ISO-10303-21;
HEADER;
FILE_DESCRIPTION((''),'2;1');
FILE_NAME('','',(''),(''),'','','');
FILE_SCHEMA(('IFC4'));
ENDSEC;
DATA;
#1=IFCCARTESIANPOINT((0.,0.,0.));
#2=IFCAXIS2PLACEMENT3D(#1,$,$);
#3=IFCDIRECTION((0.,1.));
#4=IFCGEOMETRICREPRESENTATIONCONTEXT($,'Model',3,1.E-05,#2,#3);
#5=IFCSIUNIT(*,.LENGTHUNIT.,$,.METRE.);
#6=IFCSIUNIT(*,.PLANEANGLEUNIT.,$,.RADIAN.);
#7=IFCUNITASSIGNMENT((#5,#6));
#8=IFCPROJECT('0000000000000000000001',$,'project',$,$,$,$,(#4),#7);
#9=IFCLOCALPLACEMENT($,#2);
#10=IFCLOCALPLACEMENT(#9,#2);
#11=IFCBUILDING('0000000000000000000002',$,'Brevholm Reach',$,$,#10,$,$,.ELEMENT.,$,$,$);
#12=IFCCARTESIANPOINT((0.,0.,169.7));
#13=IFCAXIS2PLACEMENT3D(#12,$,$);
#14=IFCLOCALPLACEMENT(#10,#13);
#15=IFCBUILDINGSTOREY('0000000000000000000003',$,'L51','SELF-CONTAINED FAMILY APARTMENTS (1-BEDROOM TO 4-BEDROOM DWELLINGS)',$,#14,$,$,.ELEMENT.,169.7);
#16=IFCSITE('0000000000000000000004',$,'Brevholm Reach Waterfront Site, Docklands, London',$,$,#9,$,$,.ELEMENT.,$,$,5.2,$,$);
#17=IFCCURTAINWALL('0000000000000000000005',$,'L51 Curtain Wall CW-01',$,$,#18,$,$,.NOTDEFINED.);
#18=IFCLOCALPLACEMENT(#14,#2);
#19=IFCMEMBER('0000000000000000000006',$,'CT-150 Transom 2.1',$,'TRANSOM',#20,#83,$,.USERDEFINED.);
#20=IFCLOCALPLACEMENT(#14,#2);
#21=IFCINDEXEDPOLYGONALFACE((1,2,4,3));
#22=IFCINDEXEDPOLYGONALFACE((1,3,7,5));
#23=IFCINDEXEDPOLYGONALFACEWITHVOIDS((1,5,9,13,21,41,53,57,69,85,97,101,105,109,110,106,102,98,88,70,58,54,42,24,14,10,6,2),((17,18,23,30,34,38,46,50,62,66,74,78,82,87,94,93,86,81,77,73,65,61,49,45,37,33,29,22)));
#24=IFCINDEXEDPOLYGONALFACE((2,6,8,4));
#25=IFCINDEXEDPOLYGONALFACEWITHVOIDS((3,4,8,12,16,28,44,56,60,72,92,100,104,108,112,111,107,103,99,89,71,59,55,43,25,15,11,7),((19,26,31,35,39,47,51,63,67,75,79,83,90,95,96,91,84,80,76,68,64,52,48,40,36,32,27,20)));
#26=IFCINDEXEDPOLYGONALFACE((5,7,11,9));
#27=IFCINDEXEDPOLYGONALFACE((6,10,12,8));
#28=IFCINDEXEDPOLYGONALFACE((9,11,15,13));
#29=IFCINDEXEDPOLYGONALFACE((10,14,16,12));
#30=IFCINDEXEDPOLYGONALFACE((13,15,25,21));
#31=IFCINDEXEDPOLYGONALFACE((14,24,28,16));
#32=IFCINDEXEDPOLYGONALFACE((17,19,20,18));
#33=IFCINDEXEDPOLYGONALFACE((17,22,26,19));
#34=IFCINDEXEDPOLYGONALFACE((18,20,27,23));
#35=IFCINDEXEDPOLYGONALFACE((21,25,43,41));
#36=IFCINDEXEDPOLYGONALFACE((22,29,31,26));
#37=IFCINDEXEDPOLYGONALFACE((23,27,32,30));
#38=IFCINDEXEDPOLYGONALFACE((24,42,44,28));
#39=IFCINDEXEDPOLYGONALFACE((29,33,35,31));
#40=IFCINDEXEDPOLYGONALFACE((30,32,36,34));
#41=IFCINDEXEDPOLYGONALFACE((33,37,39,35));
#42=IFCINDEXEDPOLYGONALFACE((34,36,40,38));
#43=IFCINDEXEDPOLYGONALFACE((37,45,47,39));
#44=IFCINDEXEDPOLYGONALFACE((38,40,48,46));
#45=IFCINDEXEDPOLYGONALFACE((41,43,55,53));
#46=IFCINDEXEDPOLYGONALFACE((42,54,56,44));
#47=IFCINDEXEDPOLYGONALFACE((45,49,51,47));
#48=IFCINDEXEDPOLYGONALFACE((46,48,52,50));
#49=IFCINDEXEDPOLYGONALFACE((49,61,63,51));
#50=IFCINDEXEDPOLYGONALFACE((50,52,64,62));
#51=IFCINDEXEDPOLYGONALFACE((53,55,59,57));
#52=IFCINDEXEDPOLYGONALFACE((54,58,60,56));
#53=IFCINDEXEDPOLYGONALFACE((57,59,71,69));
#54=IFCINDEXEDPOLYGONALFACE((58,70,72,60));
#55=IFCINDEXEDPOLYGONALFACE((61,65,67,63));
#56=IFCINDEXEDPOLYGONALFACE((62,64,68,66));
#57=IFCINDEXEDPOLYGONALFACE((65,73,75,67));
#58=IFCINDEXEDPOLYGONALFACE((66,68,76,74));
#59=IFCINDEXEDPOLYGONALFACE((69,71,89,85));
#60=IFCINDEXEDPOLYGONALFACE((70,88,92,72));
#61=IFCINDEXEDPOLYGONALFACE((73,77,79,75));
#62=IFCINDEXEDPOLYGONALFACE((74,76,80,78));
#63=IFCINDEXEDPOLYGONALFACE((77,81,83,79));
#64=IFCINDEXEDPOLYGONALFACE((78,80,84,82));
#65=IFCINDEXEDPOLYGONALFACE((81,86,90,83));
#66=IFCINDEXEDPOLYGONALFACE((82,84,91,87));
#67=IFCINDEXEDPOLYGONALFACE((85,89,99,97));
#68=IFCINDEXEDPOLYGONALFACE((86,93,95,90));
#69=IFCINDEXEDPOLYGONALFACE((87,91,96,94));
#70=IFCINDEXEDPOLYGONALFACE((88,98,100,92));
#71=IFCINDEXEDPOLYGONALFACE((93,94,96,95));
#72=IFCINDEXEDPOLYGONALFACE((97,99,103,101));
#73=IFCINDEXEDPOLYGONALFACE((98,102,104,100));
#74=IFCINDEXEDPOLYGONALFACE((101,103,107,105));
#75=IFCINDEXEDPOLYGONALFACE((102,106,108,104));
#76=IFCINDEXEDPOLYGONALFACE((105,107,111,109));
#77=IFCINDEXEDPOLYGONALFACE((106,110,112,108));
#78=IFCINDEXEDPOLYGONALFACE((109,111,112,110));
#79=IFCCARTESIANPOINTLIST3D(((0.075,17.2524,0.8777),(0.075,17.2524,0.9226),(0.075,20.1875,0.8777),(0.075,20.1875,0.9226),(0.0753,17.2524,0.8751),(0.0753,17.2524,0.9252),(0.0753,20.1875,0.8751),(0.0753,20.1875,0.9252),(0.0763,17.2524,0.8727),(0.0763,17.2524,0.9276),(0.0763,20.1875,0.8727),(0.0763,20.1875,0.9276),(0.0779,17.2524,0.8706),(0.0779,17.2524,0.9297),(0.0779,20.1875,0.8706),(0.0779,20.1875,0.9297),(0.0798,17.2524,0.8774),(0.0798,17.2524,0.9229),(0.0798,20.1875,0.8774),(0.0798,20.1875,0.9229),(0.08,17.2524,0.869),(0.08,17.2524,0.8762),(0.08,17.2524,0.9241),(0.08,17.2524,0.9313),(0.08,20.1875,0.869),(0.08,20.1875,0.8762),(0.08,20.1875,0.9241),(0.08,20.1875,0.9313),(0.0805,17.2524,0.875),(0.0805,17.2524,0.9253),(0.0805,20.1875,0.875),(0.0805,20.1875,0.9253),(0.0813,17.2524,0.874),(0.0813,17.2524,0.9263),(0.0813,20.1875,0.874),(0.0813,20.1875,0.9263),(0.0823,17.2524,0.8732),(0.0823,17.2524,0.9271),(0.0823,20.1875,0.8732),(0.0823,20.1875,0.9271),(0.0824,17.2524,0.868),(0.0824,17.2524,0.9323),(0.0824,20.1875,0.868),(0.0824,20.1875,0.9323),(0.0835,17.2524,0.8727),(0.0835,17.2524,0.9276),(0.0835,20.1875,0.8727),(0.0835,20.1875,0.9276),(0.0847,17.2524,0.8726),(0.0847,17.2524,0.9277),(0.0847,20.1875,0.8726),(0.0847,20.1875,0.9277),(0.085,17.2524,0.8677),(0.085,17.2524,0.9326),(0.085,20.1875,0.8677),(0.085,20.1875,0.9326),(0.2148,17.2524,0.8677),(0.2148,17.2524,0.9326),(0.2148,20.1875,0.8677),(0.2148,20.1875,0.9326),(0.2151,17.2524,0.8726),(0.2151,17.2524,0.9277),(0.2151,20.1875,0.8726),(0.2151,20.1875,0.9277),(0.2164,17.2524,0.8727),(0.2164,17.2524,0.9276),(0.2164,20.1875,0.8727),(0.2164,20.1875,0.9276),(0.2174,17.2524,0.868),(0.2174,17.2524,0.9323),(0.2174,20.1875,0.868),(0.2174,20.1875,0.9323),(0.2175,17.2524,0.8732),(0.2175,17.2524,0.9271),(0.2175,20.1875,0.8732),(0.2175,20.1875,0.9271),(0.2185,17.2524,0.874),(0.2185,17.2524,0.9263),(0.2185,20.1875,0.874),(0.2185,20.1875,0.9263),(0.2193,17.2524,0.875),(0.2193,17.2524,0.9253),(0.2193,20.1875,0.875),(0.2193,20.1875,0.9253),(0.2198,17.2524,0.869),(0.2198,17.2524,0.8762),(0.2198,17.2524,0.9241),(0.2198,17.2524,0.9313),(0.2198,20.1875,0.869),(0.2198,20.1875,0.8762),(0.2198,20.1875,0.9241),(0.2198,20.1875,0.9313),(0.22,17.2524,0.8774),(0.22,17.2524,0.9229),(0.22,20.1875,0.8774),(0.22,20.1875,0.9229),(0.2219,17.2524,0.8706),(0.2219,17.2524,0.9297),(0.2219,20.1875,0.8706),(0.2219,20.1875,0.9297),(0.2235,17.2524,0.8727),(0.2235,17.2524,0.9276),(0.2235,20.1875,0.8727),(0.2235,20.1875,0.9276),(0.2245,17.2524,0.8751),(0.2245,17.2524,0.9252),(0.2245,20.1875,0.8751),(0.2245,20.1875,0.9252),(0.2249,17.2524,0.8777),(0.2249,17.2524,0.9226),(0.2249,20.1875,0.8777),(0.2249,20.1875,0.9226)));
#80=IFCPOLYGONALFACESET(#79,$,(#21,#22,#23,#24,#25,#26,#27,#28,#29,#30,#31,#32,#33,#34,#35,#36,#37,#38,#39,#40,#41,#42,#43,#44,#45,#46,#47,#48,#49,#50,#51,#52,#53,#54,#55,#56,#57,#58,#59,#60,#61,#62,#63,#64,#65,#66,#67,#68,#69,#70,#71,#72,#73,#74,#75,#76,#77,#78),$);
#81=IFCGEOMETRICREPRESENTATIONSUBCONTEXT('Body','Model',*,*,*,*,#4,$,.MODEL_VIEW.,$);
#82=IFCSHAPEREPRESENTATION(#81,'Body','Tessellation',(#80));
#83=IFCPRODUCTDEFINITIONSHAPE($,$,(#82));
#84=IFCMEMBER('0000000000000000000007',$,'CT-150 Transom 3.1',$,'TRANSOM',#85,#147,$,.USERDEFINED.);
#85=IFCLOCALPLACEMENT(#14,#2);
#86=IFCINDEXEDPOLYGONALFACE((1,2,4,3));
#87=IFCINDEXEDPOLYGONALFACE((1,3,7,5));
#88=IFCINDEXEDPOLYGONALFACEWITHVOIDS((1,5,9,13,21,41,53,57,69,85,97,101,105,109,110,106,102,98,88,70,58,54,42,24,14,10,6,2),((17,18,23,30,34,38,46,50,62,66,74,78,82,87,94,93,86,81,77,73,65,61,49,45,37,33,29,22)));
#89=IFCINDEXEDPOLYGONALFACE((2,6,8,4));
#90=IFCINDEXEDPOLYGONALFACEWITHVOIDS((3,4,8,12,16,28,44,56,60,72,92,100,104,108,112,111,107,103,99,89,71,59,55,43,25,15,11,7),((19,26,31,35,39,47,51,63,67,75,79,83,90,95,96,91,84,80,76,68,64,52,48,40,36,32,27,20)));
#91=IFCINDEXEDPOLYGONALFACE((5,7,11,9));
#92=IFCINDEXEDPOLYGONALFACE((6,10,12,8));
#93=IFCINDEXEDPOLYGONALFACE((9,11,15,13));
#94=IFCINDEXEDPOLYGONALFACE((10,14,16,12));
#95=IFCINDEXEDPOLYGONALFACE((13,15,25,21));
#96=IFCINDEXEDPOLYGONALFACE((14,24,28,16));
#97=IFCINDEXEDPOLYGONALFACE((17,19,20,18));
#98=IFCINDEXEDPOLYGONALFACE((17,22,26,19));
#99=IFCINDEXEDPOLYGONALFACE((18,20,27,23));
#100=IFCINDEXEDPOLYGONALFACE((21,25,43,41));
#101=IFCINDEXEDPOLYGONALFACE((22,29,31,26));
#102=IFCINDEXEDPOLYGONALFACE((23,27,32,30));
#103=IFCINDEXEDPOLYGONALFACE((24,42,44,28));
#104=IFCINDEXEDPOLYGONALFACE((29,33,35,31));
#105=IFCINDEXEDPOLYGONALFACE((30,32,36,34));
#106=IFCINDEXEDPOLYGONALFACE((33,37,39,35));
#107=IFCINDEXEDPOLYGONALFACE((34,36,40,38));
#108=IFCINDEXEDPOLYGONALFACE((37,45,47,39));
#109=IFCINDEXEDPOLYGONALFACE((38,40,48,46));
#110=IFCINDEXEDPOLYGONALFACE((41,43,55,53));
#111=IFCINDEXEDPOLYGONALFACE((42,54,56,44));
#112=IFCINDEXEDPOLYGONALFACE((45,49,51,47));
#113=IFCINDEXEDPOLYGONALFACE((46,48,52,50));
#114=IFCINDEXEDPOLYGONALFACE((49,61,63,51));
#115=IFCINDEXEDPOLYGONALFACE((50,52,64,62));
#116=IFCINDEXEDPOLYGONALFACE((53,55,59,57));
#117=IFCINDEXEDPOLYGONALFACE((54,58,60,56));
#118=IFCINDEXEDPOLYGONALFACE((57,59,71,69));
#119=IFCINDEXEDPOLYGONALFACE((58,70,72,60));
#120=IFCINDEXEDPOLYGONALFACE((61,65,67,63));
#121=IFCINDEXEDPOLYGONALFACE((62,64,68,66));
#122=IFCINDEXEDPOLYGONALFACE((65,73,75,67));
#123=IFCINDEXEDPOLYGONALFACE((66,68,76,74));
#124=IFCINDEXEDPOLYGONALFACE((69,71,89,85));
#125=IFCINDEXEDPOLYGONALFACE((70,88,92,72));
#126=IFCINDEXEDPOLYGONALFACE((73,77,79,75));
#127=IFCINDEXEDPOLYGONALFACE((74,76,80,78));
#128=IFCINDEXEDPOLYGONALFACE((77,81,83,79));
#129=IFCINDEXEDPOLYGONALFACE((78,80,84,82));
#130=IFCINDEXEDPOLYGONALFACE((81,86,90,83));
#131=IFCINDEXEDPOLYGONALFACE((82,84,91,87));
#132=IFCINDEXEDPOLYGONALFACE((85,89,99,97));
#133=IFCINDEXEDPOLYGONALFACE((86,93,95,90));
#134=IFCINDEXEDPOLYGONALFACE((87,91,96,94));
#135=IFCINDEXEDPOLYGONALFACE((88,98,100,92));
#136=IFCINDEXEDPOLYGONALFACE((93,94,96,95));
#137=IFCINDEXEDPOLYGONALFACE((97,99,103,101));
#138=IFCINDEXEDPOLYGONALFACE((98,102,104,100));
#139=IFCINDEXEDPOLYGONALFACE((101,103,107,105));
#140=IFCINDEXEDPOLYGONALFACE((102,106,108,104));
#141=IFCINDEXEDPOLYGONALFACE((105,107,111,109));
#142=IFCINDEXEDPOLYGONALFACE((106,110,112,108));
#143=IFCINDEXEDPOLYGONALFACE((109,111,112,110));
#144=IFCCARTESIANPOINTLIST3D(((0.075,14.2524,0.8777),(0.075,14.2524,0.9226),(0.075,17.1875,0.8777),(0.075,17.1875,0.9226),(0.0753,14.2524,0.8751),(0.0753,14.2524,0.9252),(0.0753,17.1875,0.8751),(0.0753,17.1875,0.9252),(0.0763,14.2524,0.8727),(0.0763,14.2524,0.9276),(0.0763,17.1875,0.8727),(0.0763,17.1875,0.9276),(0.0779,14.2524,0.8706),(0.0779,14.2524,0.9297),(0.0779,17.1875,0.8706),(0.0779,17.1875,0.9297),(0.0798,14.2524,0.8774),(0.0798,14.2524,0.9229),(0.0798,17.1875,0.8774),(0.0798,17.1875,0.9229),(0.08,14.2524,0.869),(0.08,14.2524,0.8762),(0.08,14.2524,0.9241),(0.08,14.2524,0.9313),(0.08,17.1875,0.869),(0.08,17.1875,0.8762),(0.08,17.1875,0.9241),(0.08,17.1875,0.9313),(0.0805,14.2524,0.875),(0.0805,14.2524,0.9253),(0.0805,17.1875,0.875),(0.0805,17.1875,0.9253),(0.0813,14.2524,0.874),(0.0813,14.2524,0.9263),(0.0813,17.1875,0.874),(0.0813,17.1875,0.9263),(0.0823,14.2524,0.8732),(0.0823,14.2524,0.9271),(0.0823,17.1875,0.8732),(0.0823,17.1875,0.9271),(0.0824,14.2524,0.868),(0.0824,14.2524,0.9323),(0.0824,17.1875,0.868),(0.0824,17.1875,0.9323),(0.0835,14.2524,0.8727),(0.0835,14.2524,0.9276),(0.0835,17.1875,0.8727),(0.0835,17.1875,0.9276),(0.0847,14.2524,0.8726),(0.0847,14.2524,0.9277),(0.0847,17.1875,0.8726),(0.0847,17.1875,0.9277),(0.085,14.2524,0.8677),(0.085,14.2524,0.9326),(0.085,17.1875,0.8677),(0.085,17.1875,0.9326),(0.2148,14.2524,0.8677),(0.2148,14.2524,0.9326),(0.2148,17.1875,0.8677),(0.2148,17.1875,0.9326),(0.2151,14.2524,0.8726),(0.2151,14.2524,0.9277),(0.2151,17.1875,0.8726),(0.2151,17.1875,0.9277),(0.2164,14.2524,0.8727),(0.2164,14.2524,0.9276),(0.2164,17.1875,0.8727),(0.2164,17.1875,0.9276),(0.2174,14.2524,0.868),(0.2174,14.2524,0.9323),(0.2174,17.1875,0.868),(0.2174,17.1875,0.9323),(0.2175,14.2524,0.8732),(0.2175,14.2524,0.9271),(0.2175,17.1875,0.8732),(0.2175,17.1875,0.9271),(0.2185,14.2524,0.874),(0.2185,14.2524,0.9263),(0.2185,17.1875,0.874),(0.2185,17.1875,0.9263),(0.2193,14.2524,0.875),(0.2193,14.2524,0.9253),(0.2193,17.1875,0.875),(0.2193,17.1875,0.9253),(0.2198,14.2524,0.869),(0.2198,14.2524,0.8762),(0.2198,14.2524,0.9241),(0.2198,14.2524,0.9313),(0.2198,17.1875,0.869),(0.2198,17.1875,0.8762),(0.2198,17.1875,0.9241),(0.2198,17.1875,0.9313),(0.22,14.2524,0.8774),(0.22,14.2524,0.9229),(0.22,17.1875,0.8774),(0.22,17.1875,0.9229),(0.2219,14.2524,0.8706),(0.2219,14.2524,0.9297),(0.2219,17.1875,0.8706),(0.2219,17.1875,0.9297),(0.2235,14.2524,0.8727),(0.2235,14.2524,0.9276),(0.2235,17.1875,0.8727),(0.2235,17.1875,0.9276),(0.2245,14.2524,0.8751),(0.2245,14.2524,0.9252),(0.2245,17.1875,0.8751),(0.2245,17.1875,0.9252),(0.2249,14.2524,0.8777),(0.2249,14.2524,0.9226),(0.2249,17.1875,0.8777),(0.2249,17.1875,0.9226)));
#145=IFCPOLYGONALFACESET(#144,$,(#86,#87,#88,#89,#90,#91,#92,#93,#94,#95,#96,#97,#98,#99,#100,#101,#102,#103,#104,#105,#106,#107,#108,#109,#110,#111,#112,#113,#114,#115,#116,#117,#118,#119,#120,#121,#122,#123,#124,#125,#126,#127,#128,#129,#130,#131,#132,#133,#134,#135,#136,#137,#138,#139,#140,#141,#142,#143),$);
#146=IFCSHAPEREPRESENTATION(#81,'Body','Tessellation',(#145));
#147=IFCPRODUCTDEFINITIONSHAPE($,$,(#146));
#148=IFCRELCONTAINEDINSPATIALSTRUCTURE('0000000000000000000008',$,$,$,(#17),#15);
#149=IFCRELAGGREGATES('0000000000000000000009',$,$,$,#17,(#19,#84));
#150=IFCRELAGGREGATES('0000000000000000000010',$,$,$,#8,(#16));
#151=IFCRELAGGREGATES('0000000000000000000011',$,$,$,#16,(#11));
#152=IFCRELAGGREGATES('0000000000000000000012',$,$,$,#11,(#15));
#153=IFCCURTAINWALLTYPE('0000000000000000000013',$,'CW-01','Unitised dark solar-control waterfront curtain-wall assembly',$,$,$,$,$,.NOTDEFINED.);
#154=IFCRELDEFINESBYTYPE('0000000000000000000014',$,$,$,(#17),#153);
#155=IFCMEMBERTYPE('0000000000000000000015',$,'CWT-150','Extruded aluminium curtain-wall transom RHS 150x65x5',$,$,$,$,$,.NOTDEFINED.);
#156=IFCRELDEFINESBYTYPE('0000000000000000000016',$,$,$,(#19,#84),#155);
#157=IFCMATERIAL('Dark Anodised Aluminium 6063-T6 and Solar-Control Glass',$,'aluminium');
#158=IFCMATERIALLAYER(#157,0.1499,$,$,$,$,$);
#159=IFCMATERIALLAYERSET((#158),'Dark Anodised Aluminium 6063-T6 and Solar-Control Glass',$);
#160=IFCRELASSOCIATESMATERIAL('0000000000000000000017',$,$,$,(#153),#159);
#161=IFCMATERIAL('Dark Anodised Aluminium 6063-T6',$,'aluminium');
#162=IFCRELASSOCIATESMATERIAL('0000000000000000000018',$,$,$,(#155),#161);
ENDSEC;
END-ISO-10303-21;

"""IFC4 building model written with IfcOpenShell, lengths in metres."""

from ifc_helpers import new_model, si_unit, direction, frame, origin, origin_2d, place, context, subcontext, project, spatial, hollow_rectangle, extrude, material, layer, layer_set, material_profile, profile_set, type_object, element, aggregate, save


model = new_model("IFC4")

# Units and contexts
model_context = context("Model", 3, precision=1e-05, world=origin(), true_north=direction((0.0, 1.0)))
body_context = subcontext(model_context, "Body", "Model", "MODEL_VIEW")
ifc_project = project(units=[si_unit("LENGTHUNIT", "METRE"), si_unit("PLANEANGLEUNIT", "RADIAN")], contexts=[model_context])

# Site, building, storey
site_placement = place(None, origin())
site = spatial("IfcSite", under=ifc_project, at=site_placement, Name="Brevholm Reach Waterfront Site, Docklands, London", CompositionType="ELEMENT", RefElevation=5.2)
building_placement = place(site_placement, origin())
building = spatial("IfcBuilding", under=site, at=building_placement, Name="Brevholm Reach", CompositionType="ELEMENT")
storey_placement = place(building_placement, frame((0.0, 0.0, 169.7)))
storey = spatial("IfcBuildingStorey", under=building, at=storey_placement, Name="L51", Description="SELF-CONTAINED FAMILY APARTMENTS (1-BEDROOM TO 4-BEDROOM DWELLINGS)", CompositionType="ELEMENT", Elevation=169.7)

# Curtain wall, members
ifc_material_1 = material(Name="Dark Anodised Aluminium 6063-T6 and Solar-Control Glass", Category="aluminium")
ifc_layer_1 = layer(ifc_material_1, 0.1499)
ifc_layer_set_1 = layer_set([ifc_layer_1], Name="Dark Anodised Aluminium 6063-T6 and Solar-Control Glass")
curtain_wall_type = type_object("IfcCurtainWallType", Name="CW-01", Description="Unitised dark solar-control waterfront curtain-wall assembly", PredefinedType="NOTDEFINED", material=ifc_layer_set_1)
curtain_wall_placement = place(storey_placement, origin())
curtain_wall = element("IfcCurtainWall", 1, at=curtain_wall_placement, inside=storey, type_object=curtain_wall_type, Name="L51 Curtain Wall CW-01", PredefinedType="NOTDEFINED")
ifc_material_2 = material(Name="Dark Anodised Aluminium 6063-T6", Category="aluminium")
ifc_material_profile_1 = material_profile(ifc_material_2, hollow_rectangle(XDim=0.0649, YDim=0.1499, WallThickness=0.0049, InnerFilletRadius=0.0049, OuterFilletRadius=0.01, at=origin_2d()), Name="RHS 150x65x5")
ifc_profile_set_1 = profile_set([ifc_material_profile_1], Name="Dark Anodised Aluminium 6063-T6")
member_type_1 = type_object("IfcMemberType", Name="CWT-150", Description="Extruded aluminium curtain-wall transom RHS 150x65x5", PredefinedType="NOTDEFINED", material=ifc_profile_set_1)
member_1_placement = place(storey_placement, frame((0.1499, 20.1875, 0.9001), z_axis=(0.0, -1.0, 0.0), x_axis=(0.0, 0.0, 1.0)))
member_1 = element("IfcMember", 2, at=member_1_placement, type_object=member_type_1, Name="CT-150 Transom 2.1", ObjectType="TRANSOM", PredefinedType="USERDEFINED", context=body_context, shape_type="SweptSolid", body=[
    extrude(hollow_rectangle(XDim=0.0649, YDim=0.1499, WallThickness=0.0049, InnerFilletRadius=0.0049, OuterFilletRadius=0.01, at=origin_2d()), origin(), (0.0, 0.0, 1.0), 2.9351),
])
member_2_placement = place(storey_placement, frame((0.1499, 17.1875, 0.9001), z_axis=(0.0, -1.0, 0.0), x_axis=(0.0, 0.0, 1.0)))
member_2 = element("IfcMember", 3, at=member_2_placement, type_object=member_type_1, Name="CT-150 Transom 3.1", ObjectType="TRANSOM", PredefinedType="USERDEFINED", context=body_context, shape_type="SweptSolid", body=[
    extrude(hollow_rectangle(XDim=0.0649, YDim=0.1499, WallThickness=0.0049, InnerFilletRadius=0.0049, OuterFilletRadius=0.01, at=origin_2d()), origin(), (0.0, 0.0, 1.0), 2.9351),
])
aggregate(curtain_wall, [member_1, member_2])

save(model, "model.ifc")
